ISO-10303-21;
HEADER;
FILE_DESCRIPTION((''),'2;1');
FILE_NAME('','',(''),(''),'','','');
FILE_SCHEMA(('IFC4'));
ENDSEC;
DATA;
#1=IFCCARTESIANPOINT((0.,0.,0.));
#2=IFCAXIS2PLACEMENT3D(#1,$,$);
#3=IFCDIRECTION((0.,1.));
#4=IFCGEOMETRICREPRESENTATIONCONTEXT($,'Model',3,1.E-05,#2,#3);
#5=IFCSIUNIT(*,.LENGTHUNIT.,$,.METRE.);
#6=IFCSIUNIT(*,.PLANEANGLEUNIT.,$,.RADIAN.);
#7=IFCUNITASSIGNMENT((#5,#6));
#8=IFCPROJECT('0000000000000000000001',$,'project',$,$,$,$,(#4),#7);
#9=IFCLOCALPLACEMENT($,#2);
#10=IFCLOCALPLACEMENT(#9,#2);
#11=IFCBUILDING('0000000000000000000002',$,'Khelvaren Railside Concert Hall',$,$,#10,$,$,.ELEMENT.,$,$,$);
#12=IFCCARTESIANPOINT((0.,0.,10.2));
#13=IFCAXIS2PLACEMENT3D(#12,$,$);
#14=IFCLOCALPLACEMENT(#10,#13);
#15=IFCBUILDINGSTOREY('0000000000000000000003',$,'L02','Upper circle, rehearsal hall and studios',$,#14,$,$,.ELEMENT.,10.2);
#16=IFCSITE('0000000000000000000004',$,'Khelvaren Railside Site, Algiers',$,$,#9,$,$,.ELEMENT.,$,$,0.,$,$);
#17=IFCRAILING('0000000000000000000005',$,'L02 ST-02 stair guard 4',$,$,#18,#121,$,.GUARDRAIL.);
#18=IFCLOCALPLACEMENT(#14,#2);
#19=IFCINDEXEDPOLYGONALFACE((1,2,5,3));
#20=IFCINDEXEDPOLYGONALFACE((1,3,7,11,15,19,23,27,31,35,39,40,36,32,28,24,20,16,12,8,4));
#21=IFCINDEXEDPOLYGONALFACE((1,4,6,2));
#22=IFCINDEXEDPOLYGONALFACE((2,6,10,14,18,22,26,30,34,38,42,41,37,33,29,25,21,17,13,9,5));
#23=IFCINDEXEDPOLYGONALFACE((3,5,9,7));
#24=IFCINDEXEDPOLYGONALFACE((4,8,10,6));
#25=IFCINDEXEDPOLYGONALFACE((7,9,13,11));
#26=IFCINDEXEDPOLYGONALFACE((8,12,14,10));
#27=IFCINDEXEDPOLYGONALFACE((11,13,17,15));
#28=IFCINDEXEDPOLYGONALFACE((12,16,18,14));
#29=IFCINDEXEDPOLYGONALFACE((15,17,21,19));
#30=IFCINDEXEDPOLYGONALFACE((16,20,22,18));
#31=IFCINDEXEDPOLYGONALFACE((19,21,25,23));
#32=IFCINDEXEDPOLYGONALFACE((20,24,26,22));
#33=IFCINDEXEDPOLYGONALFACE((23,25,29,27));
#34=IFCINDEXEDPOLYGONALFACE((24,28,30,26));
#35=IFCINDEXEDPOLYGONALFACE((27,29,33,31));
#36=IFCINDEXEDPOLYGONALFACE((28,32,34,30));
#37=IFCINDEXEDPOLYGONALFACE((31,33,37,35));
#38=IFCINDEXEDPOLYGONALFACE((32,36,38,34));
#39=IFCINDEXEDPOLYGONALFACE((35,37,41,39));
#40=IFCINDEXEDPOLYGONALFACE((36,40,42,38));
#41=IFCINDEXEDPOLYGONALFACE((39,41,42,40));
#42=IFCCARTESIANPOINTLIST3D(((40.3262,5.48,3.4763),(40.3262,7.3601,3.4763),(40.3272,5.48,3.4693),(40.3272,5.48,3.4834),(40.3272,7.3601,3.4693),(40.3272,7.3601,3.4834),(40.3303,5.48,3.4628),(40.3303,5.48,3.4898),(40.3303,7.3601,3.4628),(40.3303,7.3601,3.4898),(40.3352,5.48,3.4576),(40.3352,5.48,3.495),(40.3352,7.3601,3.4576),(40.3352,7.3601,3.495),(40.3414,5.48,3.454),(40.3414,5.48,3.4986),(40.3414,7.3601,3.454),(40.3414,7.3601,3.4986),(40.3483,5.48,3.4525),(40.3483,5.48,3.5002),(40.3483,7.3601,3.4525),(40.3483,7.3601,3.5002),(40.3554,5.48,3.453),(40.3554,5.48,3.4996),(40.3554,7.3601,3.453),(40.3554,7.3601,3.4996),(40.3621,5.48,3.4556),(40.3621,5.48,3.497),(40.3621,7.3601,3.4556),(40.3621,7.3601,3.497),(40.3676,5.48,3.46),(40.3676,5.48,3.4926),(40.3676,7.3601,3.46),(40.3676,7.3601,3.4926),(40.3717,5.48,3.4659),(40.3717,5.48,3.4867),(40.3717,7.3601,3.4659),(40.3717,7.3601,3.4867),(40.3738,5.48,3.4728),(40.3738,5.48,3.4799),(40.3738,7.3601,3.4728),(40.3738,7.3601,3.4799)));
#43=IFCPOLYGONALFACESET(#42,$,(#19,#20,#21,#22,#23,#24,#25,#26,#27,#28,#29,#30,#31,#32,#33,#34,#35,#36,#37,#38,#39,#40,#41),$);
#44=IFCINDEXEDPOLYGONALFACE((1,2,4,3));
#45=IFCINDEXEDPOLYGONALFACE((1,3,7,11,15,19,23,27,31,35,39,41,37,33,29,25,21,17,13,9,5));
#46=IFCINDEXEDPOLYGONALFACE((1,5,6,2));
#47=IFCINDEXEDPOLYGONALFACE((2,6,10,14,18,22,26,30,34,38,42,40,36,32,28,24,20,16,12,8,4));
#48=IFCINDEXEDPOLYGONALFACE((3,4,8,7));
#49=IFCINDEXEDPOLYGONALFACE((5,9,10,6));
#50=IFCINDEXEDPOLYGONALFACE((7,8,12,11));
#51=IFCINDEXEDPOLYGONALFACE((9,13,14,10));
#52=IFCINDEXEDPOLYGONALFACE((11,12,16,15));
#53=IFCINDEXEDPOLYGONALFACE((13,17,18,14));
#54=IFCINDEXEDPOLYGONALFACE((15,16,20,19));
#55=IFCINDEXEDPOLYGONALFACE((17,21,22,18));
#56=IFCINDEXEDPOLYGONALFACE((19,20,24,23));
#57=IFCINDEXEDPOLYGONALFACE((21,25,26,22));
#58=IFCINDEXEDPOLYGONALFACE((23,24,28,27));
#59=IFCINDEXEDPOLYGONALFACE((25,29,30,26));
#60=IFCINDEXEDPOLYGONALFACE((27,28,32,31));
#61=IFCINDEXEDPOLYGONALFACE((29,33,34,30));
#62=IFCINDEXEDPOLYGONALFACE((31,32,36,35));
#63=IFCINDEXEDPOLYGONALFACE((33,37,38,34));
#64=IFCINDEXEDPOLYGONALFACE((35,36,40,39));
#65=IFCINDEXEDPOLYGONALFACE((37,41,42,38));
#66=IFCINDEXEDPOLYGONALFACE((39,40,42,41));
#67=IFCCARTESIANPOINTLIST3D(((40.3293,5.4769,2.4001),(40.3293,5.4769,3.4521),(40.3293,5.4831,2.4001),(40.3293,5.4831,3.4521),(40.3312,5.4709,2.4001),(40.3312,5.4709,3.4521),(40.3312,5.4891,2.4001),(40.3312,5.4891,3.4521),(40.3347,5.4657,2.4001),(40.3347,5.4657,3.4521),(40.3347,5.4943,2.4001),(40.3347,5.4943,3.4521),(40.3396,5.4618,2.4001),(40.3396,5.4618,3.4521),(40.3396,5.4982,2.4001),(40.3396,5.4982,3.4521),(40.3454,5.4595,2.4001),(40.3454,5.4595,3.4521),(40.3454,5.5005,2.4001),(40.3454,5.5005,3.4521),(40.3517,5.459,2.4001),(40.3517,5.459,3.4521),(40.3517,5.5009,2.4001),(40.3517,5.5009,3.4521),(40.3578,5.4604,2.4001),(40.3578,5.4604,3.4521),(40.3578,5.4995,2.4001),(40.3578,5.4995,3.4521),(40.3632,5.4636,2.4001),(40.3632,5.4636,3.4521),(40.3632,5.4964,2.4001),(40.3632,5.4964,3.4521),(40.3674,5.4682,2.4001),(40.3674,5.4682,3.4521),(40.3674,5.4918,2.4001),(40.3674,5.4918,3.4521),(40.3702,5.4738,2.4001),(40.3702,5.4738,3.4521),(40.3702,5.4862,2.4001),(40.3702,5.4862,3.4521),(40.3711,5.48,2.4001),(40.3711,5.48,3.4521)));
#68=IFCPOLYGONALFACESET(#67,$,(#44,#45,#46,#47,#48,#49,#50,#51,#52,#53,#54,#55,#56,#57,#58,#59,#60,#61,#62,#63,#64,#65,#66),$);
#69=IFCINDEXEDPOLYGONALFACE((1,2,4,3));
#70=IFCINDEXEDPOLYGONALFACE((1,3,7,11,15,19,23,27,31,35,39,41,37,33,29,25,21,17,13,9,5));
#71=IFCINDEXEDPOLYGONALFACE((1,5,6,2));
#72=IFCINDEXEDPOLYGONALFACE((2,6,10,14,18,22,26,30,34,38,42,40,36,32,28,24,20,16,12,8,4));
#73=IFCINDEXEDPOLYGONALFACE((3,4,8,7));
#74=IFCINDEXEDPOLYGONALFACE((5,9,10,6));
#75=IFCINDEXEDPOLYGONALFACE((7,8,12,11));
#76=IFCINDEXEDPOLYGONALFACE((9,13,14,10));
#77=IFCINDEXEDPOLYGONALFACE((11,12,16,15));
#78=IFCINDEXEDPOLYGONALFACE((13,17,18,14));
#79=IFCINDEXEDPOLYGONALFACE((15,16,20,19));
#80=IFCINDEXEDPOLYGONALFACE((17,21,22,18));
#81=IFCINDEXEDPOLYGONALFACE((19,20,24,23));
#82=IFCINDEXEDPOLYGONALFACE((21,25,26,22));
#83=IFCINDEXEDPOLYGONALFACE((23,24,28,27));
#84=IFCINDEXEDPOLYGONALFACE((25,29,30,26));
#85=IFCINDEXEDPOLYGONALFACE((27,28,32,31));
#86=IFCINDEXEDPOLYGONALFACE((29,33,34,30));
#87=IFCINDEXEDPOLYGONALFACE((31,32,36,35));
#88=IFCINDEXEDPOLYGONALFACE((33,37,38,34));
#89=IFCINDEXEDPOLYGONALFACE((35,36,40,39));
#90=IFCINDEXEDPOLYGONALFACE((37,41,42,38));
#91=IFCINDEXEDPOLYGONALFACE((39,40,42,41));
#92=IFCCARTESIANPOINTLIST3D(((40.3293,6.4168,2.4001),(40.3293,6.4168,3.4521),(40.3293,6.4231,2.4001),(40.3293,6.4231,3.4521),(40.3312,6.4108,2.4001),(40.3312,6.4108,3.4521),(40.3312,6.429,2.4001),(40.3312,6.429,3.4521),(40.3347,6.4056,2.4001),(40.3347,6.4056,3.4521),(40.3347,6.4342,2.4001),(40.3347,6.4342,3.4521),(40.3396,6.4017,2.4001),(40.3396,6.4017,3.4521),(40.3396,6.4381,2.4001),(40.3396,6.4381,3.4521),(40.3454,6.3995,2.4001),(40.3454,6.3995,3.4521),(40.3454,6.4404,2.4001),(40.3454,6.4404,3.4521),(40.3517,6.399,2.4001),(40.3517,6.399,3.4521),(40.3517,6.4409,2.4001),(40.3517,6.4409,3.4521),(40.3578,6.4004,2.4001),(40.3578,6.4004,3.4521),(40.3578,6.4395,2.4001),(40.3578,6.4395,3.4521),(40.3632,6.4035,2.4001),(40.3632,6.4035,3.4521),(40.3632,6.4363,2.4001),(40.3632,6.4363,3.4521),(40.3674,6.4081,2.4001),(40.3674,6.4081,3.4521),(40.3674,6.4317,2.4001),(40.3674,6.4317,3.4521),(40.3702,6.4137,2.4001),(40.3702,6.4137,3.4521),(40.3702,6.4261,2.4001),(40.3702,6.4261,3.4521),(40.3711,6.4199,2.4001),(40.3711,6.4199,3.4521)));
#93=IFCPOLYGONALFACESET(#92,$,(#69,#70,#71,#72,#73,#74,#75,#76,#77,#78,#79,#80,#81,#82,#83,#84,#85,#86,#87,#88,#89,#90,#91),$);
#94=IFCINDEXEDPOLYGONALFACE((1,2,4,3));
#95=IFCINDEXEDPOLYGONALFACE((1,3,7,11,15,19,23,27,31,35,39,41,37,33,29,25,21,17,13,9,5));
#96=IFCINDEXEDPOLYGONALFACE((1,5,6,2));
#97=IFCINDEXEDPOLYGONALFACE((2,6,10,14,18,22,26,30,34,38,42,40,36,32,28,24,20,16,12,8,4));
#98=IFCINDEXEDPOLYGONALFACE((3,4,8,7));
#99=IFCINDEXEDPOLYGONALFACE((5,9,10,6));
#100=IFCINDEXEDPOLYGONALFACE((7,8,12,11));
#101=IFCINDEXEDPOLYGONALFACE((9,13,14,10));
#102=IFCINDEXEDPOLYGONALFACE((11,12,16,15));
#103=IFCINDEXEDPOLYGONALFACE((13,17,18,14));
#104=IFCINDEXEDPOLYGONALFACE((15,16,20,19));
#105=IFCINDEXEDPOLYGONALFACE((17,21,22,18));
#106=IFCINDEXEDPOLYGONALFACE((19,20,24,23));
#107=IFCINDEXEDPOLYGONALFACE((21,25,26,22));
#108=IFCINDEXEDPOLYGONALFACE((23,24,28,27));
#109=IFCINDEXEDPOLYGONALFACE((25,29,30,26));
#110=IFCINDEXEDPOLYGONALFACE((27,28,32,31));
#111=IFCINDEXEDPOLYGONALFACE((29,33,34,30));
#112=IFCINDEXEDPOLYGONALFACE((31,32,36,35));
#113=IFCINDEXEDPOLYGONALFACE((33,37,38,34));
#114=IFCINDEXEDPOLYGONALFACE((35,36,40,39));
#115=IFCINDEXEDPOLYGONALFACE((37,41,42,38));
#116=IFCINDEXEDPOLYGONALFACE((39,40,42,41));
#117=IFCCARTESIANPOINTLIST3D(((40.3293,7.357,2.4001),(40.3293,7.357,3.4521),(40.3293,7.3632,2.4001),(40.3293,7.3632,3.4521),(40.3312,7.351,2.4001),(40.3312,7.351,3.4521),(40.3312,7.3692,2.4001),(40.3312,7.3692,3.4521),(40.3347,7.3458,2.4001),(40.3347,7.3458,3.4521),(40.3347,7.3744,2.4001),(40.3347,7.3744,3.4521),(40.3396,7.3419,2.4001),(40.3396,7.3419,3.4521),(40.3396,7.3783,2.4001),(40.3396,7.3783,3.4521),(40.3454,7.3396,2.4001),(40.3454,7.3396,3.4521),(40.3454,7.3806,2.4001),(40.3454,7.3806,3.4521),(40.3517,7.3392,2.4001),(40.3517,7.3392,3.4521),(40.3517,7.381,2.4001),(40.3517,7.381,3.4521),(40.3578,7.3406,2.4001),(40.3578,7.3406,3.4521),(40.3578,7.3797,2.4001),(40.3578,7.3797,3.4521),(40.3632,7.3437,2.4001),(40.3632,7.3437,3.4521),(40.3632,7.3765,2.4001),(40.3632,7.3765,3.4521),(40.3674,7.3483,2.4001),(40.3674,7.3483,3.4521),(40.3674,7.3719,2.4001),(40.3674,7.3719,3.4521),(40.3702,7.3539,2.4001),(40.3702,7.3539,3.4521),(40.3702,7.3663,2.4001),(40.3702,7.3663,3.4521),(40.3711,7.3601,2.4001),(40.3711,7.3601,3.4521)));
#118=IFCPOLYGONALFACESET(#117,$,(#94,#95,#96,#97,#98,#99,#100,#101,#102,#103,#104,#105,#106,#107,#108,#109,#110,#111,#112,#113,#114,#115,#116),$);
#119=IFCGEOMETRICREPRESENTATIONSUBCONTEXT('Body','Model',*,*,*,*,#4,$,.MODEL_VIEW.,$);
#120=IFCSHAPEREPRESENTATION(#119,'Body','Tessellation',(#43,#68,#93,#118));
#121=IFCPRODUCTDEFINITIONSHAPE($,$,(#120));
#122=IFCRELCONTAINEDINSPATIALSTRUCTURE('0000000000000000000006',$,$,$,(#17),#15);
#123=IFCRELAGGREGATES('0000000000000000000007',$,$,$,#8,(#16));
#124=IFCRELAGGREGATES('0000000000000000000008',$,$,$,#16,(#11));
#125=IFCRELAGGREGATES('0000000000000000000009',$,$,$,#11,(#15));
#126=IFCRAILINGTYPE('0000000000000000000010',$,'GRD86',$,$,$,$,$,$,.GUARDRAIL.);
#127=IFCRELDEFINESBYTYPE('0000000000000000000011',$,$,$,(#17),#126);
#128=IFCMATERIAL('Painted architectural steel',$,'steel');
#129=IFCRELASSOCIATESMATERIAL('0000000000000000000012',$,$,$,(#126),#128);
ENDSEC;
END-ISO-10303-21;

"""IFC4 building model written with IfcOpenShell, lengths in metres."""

from ifc_helpers import new_model, si_unit, direction, frame, origin, origin_2d, place, context, subcontext, project, spatial, circle, extrude, material, type_object, element, save


model = new_model("IFC4")

# Units and contexts
model_context = context("Model", 3, precision=1e-05, world=origin(), true_north=direction((0.0, 1.0)))
body_context = subcontext(model_context, "Body", "Model", "MODEL_VIEW")
ifc_project = project(units=[si_unit("LENGTHUNIT", "METRE"), si_unit("PLANEANGLEUNIT", "RADIAN")], contexts=[model_context])

# Site, building, storey
site_placement = place(None, origin())
site = spatial("IfcSite", under=ifc_project, at=site_placement, Name="Khelvaren Railside Site, Algiers", CompositionType="ELEMENT", RefElevation=0.0)
building_placement = place(site_placement, origin())
building = spatial("IfcBuilding", under=site, at=building_placement, Name="Khelvaren Railside Concert Hall", CompositionType="ELEMENT")
storey_placement = place(building_placement, frame((0.0, 0.0, 10.2)))
storey = spatial("IfcBuildingStorey", under=building, at=storey_placement, Name="L02", Description="Upper circle, rehearsal hall and studios", CompositionType="ELEMENT", Elevation=10.2)

# Railing
ifc_material_1 = material(Name="Painted architectural steel", Category="steel")
railing_type_1 = type_object("IfcRailingType", Name="GRD86", PredefinedType="GUARDRAIL", material=ifc_material_1)
for number, where, name in (
    (1, (40.3501, 5.48, 2.4001), "L02 ST-02 stair guard 4"),
):
    element("IfcRailing", number, at=place(storey_placement, frame(where)), inside=storey, type_object=railing_type_1, Name=name, PredefinedType="GUARDRAIL", context=body_context, shape_type="SweptSolid", body=[
        extrude(circle(Radius=0.0239, at=origin_2d()), frame((0.0, 0.0, 1.0762), z_axis=(0.0, 1.0, 0.0), x_axis=(-1.0, 0.0, 0.0)), (0.0, 0.0, 1.0), 1.8801),
        extrude(circle(Radius=0.021, at=origin_2d()), origin(), (0.0, 0.0, 1.0), 1.052),
        extrude(circle(Radius=0.021, at=origin_2d()), frame((0.0, 0.9399, 0.0)), (0.0, 0.0, 1.0), 1.052),
        extrude(circle(Radius=0.021, at=origin_2d()), frame((0.0, 1.8801, 0.0)), (0.0, 0.0, 1.0), 1.052),
    ])

save(model, "model.ifc")
